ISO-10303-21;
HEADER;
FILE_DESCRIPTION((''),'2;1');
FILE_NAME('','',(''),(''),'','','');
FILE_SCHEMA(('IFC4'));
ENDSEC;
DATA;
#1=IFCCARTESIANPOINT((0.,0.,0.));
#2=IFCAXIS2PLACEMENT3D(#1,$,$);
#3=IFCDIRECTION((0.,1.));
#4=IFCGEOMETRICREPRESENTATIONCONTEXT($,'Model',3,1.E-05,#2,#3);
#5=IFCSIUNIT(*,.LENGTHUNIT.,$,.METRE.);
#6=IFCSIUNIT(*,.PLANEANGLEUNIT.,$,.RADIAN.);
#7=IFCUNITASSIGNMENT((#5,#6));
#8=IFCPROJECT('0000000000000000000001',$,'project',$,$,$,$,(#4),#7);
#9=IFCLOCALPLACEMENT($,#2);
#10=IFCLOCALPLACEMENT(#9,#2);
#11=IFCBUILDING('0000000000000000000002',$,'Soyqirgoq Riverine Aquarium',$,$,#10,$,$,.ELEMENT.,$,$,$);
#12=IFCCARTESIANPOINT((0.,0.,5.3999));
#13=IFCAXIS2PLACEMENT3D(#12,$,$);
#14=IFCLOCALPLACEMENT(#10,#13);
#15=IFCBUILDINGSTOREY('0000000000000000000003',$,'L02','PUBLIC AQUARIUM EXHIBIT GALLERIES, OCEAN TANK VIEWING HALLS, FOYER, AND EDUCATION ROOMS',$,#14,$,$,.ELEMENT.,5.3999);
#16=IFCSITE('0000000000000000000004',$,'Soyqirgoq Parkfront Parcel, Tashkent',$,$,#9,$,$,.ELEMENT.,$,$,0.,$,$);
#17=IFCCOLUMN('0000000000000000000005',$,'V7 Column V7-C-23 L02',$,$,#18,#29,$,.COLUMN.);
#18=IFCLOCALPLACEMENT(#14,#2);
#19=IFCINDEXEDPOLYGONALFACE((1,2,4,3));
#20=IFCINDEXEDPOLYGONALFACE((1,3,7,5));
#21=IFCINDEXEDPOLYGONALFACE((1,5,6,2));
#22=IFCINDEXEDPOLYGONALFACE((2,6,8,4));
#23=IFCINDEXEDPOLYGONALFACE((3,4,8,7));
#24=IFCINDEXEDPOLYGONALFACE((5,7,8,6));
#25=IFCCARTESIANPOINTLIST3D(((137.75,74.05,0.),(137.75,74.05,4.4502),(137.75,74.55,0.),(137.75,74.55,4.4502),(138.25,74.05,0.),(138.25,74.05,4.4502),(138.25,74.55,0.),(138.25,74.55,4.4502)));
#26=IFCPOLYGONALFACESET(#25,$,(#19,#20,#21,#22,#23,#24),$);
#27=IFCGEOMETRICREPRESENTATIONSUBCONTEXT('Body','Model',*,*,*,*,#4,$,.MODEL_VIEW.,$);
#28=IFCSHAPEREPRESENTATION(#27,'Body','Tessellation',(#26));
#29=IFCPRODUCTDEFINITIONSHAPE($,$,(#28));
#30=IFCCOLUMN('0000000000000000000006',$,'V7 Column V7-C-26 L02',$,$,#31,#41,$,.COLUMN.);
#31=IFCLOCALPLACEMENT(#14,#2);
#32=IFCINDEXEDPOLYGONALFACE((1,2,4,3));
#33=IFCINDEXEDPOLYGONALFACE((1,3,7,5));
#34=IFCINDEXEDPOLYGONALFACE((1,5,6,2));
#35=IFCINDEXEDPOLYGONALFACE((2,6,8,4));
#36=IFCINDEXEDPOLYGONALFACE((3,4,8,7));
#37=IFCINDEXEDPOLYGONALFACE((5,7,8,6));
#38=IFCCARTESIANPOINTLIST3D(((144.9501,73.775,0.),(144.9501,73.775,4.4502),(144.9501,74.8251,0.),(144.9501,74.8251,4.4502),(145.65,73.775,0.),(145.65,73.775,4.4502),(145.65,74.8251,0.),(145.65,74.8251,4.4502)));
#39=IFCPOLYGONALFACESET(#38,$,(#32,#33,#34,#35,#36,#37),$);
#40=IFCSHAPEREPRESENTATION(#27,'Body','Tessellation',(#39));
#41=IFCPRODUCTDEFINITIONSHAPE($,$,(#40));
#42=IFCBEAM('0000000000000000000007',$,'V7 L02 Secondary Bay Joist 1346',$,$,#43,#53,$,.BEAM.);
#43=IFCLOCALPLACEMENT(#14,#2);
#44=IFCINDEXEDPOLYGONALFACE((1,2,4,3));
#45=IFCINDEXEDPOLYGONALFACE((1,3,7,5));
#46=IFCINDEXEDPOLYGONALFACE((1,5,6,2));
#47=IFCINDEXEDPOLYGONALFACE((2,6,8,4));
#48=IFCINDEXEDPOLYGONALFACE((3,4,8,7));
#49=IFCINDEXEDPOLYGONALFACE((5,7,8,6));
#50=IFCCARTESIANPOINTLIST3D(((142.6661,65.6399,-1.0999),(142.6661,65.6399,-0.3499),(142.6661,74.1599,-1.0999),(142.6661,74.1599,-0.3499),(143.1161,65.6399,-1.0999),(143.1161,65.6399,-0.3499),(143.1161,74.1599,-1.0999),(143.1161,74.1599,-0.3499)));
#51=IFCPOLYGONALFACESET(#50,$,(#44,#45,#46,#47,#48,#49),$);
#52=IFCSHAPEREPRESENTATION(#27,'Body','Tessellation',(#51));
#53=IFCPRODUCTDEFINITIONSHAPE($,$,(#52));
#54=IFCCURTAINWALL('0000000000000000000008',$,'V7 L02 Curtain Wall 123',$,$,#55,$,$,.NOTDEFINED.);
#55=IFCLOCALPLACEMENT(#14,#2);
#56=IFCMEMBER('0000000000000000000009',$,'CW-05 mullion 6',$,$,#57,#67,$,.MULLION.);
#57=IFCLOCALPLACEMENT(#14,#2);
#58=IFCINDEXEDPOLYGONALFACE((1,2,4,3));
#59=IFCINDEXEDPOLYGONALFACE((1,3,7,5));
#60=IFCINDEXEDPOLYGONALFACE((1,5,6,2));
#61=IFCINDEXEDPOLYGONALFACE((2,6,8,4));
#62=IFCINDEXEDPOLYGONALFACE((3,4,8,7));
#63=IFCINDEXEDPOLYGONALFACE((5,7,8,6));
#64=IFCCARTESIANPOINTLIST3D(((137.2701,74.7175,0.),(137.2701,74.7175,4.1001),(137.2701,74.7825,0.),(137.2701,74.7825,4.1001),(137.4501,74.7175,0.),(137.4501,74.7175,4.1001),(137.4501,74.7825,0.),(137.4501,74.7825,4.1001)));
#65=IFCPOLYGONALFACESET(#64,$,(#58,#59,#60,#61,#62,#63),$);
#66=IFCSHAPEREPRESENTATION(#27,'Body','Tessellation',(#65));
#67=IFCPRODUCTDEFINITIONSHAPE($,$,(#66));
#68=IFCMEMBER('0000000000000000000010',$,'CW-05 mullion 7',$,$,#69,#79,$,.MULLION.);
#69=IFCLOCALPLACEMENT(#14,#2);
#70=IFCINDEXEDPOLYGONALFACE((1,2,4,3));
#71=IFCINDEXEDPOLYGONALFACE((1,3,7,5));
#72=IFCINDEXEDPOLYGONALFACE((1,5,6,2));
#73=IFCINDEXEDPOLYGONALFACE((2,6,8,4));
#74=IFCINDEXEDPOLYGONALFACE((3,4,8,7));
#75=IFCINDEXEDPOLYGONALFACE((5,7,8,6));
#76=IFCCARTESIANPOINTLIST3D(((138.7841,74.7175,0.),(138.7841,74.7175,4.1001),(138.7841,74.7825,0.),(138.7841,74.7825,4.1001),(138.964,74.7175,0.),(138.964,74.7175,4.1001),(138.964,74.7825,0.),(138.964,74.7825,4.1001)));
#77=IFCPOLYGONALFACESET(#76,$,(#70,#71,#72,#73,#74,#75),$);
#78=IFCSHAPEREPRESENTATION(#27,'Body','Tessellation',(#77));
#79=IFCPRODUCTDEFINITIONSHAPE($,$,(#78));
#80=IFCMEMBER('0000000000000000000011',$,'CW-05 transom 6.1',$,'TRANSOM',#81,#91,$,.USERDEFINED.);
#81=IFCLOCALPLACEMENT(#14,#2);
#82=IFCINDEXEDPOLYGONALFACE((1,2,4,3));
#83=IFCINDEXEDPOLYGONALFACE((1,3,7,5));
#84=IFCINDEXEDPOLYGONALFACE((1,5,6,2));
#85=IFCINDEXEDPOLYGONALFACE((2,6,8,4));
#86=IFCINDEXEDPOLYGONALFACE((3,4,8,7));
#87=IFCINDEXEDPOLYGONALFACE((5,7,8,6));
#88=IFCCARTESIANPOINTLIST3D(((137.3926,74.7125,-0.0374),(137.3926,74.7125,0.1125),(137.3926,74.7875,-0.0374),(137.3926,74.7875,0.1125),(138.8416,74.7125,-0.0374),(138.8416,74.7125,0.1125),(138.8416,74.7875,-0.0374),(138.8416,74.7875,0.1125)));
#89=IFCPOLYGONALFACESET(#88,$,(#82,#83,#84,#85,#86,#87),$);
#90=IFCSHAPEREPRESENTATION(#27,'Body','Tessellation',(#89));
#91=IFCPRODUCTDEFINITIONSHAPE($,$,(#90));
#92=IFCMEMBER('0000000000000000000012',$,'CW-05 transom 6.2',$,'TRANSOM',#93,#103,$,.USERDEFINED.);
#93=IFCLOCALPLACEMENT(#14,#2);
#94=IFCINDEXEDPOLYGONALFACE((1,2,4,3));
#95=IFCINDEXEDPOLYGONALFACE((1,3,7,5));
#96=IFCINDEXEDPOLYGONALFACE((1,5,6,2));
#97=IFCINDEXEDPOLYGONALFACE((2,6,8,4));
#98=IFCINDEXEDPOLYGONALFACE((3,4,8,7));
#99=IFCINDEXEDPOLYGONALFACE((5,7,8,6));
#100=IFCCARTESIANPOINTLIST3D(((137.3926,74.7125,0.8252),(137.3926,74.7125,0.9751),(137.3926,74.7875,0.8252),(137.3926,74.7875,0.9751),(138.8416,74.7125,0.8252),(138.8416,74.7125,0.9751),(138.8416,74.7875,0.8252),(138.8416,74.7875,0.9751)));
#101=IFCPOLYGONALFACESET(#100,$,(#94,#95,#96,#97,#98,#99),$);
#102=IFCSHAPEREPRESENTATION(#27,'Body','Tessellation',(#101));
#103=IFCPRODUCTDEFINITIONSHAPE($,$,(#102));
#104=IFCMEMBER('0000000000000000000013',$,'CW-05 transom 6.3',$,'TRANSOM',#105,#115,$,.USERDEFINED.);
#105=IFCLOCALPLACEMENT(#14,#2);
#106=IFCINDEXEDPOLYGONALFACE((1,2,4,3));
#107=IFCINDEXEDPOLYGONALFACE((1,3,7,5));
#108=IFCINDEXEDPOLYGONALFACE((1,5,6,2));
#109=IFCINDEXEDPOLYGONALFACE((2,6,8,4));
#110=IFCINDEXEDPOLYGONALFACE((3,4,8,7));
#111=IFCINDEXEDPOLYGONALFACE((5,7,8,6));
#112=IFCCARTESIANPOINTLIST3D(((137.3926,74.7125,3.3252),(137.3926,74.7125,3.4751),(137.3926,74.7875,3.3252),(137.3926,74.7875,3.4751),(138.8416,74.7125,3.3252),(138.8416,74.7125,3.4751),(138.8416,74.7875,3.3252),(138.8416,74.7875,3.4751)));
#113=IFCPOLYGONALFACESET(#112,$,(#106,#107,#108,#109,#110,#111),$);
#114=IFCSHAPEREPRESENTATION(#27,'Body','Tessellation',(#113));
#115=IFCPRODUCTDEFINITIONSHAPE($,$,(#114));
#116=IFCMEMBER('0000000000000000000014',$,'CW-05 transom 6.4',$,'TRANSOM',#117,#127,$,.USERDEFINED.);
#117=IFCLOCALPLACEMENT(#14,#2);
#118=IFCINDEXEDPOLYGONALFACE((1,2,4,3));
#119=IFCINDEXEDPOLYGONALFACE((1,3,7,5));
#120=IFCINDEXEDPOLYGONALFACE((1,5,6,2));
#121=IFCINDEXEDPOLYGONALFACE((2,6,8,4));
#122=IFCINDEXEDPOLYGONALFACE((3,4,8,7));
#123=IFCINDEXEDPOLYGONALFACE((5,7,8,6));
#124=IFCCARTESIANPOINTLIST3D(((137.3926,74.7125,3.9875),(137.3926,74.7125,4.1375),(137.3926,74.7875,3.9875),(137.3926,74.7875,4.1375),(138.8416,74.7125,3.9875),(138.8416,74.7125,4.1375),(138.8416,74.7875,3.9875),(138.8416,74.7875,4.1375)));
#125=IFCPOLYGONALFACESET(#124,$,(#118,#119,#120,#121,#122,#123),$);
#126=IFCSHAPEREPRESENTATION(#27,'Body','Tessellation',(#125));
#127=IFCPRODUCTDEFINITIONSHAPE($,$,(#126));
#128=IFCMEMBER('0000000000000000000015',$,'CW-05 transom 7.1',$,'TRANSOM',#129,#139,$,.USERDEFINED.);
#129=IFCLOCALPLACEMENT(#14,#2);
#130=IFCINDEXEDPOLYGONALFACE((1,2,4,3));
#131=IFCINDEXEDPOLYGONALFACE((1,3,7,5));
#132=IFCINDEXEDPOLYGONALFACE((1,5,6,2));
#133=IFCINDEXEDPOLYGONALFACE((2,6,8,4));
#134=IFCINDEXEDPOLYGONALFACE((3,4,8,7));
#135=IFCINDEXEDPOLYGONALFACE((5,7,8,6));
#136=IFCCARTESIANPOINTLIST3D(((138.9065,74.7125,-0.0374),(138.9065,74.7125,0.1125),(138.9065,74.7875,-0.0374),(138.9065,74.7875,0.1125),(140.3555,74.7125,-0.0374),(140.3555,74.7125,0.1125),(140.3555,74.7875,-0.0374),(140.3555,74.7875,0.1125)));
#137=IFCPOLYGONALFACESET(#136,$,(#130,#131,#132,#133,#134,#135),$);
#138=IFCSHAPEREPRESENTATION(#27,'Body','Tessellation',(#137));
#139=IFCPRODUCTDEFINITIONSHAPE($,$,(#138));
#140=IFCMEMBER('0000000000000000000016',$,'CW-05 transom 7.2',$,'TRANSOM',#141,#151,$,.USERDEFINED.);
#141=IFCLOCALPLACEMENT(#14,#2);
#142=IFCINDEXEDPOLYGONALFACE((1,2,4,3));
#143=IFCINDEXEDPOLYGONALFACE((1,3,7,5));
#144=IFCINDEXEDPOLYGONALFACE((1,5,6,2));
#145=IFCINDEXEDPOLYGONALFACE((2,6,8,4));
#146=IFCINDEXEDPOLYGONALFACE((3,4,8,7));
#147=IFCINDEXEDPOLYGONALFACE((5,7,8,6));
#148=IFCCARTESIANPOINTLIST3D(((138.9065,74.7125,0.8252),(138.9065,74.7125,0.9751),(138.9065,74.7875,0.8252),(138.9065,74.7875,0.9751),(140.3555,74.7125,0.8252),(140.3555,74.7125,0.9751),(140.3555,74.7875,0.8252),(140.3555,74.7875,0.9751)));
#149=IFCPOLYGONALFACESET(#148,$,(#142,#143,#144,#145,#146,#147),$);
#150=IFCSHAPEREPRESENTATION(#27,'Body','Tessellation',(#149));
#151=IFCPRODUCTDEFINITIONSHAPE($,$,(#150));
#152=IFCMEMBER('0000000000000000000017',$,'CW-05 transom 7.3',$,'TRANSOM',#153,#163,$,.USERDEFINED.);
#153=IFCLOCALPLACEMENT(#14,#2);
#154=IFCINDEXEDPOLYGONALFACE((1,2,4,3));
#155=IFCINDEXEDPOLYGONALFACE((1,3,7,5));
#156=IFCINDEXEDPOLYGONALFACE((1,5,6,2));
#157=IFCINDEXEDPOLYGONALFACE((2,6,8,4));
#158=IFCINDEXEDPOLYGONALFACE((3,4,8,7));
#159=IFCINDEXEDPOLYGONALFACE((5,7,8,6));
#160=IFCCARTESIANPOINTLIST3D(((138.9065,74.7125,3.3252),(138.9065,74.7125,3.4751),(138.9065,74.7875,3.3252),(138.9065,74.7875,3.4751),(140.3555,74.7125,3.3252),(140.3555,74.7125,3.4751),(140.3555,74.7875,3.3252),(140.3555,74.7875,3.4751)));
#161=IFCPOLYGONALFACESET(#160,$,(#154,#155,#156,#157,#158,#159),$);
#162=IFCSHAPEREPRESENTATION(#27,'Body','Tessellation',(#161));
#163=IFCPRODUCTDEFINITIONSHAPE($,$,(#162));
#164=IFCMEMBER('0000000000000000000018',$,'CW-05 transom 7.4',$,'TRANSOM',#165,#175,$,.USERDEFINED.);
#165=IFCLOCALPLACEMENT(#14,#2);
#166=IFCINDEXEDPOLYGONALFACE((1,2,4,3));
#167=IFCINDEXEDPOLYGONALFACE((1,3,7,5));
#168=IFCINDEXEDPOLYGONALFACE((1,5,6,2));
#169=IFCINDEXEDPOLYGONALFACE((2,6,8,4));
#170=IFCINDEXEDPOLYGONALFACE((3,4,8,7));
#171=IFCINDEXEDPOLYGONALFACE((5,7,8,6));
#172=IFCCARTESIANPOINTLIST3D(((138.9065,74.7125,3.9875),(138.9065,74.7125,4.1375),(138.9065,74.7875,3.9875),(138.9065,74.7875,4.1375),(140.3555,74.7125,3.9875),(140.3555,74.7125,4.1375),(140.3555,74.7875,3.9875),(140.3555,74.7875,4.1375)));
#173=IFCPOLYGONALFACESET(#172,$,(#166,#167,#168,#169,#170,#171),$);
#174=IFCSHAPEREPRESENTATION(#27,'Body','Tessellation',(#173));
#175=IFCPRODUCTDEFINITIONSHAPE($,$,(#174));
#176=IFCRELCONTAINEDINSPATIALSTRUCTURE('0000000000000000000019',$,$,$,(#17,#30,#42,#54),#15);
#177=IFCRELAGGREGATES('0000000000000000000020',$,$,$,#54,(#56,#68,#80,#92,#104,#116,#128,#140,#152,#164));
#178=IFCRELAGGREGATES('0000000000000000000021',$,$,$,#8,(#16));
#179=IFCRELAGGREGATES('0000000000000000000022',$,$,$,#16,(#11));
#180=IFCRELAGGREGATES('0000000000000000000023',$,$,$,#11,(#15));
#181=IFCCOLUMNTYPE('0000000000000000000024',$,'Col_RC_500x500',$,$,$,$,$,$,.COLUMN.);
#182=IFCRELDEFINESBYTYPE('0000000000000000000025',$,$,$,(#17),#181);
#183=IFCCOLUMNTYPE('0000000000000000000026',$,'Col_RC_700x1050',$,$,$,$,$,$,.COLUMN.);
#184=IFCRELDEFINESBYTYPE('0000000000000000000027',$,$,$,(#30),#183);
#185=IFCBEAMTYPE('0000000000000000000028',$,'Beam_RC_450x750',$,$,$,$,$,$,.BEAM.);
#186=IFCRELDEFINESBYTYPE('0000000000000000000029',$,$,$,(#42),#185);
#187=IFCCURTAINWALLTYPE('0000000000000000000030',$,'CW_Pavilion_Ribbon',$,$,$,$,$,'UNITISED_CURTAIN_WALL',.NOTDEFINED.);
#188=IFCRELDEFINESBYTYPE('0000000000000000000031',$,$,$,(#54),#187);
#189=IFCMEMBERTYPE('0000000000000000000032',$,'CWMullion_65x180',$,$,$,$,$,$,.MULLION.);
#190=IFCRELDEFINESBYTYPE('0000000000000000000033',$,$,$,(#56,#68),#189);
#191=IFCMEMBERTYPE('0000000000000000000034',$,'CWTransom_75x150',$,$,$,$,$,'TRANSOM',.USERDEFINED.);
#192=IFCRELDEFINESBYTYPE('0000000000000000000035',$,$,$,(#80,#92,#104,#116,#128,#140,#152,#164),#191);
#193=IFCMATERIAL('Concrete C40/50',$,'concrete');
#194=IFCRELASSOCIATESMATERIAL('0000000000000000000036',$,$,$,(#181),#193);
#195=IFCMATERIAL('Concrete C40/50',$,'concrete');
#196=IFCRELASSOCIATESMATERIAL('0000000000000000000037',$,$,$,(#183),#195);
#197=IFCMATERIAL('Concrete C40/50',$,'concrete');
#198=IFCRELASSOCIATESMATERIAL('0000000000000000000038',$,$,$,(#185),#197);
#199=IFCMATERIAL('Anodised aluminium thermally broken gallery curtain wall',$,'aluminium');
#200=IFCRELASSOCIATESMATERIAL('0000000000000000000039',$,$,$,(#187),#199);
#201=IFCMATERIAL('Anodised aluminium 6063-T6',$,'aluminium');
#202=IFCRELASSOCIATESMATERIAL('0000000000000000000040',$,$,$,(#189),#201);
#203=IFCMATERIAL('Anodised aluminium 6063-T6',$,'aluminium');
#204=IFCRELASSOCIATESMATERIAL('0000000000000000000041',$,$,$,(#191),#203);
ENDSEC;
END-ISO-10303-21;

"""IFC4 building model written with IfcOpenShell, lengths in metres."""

from ifc_helpers import new_model, si_unit, direction, frame, origin, origin_2d, place, context, subcontext, project, spatial, rectangle, extrude, material, material_profile, profile_set, type_object, element, aggregate, save


model = new_model("IFC4")

# Units and contexts
model_context = context("Model", 3, precision=1e-05, world=origin(), true_north=direction((0.0, 1.0)))
body_context = subcontext(model_context, "Body", "Model", "MODEL_VIEW")
ifc_project = project(units=[si_unit("LENGTHUNIT", "METRE"), si_unit("PLANEANGLEUNIT", "RADIAN")], contexts=[model_context])

# Site, building, storey
site_placement = place(None, origin())
site = spatial("IfcSite", under=ifc_project, at=site_placement, Name="Soyqirgoq Parkfront Parcel, Tashkent", CompositionType="ELEMENT", RefElevation=0.0)
building_placement = place(site_placement, origin())
building = spatial("IfcBuilding", under=site, at=building_placement, Name="Soyqirgoq Riverine Aquarium", CompositionType="ELEMENT")
storey_placement = place(building_placement, frame((0.0, 0.0, 5.3999)))
storey = spatial("IfcBuildingStorey", under=building, at=storey_placement, Name="L02", Description="PUBLIC AQUARIUM EXHIBIT GALLERIES, OCEAN TANK VIEWING HALLS, FOYER, AND EDUCATION ROOMS", CompositionType="ELEMENT", Elevation=5.3999)

# Columns
ifc_material_1 = material(Name="Concrete C40/50", Category="concrete")
ifc_material_profile_1 = material_profile(ifc_material_1, rectangle(XDim=0.5, YDim=0.5, at=origin_2d()), Name="RC 500x500")
ifc_profile_set_1 = profile_set([ifc_material_profile_1], Name="Concrete C40/50")
column_type_1 = type_object("IfcColumnType", Name="Col_RC_500x500", PredefinedType="COLUMN", material=ifc_profile_set_1)
column_1_placement = place(storey_placement, frame((138.0, 74.3, 0.0), z_axis=(0.0, 0.0, 1.0), x_axis=(1.0, 0.0, 0.0)))
element("IfcColumn", 1, at=column_1_placement, inside=storey, type_object=column_type_1, Name="V7 Column V7-C-23 L02", PredefinedType="COLUMN", context=body_context, shape_type="SweptSolid", body=[
    extrude(rectangle(XDim=0.5, YDim=0.5, at=origin_2d()), origin(), (0.0, 0.0, 1.0), 4.4502),
])
ifc_material_2 = material(Name="Concrete C40/50", Category="concrete")
ifc_material_profile_2 = material_profile(ifc_material_2, rectangle(XDim=0.7, YDim=1.05, at=origin_2d()), Name="RC-COL 700x1050")
ifc_profile_set_2 = profile_set([ifc_material_profile_2], Name="Concrete C40/50")
column_type_2 = type_object("IfcColumnType", Name="Col_RC_700x1050", PredefinedType="COLUMN", material=ifc_profile_set_2)
column_2_placement = place(storey_placement, frame((145.3, 74.3, 0.0), z_axis=(0.0, 0.0, 1.0), x_axis=(1.0, 0.0, 0.0)))
element("IfcColumn", 2, at=column_2_placement, inside=storey, type_object=column_type_2, Name="V7 Column V7-C-26 L02", PredefinedType="COLUMN", context=body_context, shape_type="SweptSolid", body=[
    extrude(rectangle(XDim=0.7, YDim=1.05, at=origin_2d()), origin(), (0.0, 0.0, 1.0), 4.4502),
])

# Beam
ifc_material_3 = material(Name="Concrete C40/50", Category="concrete")
ifc_material_profile_3 = material_profile(ifc_material_3, rectangle(XDim=0.45, YDim=0.75, at=origin_2d()), Name="RC 450x750")
ifc_profile_set_3 = profile_set([ifc_material_profile_3], Name="Concrete C40/50")
beam_type_1 = type_object("IfcBeamType", Name="Beam_RC_450x750", PredefinedType="BEAM", material=ifc_profile_set_3)
beam_1_placement = place(storey_placement, frame((142.8911, 65.6399, -0.7249), z_axis=(0.0, 1.0, 0.0), x_axis=(-1.0, 0.0, 0.0)))
element("IfcBeam", 3, at=beam_1_placement, inside=storey, type_object=beam_type_1, Name="V7 L02 Secondary Bay Joist 1346", PredefinedType="BEAM", context=body_context, shape_type="SweptSolid", body=[
    extrude(rectangle(XDim=0.45, YDim=0.75, at=origin_2d()), origin(), (0.0, 0.0, 1.0), 8.52),
])

# Curtain wall, members
ifc_material_4 = material(Name="Anodised aluminium thermally broken gallery curtain wall", Category="aluminium")
curtain_wall_type = type_object("IfcCurtainWallType", Name="CW_Pavilion_Ribbon", ElementType="UNITISED_CURTAIN_WALL", PredefinedType="NOTDEFINED", material=ifc_material_4)
curtain_wall_placement = place(storey_placement, origin())
curtain_wall = element("IfcCurtainWall", 4, at=curtain_wall_placement, inside=storey, type_object=curtain_wall_type, Name="V7 L02 Curtain Wall 123", PredefinedType="NOTDEFINED")
ifc_material_5 = material(Name="Anodised aluminium 6063-T6", Category="aluminium")
ifc_material_profile_4 = material_profile(ifc_material_5, rectangle(XDim=0.0649, YDim=0.1799, at=origin_2d()), Name="ALU-M 65x180")
ifc_profile_set_4 = profile_set([ifc_material_profile_4], Name="Anodised aluminium 6063-T6")
member_type_1 = type_object("IfcMemberType", Name="CWMullion_65x180", PredefinedType="MULLION", material=ifc_profile_set_4)
member_1_placement = place(storey_placement, frame((137.3601, 74.75, 0.0), z_axis=(0.0, 0.0, 1.0), x_axis=(0.0, 1.0, 0.0)))
member_1 = element("IfcMember", 5, at=member_1_placement, type_object=member_type_1, Name="CW-05 mullion 6", PredefinedType="MULLION", context=body_context, shape_type="SweptSolid", body=[
    extrude(rectangle(XDim=0.0649, YDim=0.1799, at=origin_2d()), origin(), (0.0, 0.0, 1.0), 4.1001),
])
member_2_placement = place(storey_placement, frame((138.874, 74.75, 0.0), z_axis=(0.0, 0.0, 1.0), x_axis=(0.0, 1.0, 0.0)))
member_2 = element("IfcMember", 6, at=member_2_placement, type_object=member_type_1, Name="CW-05 mullion 7", PredefinedType="MULLION", context=body_context, shape_type="SweptSolid", body=[
    extrude(rectangle(XDim=0.0649, YDim=0.1799, at=origin_2d()), origin(), (0.0, 0.0, 1.0), 4.1001),
])
ifc_material_6 = material(Name="Anodised aluminium 6063-T6", Category="aluminium")
ifc_material_profile_5 = material_profile(ifc_material_6, rectangle(XDim=0.075, YDim=0.1499, at=origin_2d()), Name="ALU-T 75x150")
ifc_profile_set_5 = profile_set([ifc_material_profile_5], Name="Anodised aluminium 6063-T6")
member_type_2 = type_object("IfcMemberType", Name="CWTransom_75x150", ElementType="TRANSOM", PredefinedType="USERDEFINED", material=ifc_profile_set_5)
member_3_placement = place(storey_placement, frame((137.3926, 74.75, 0.0376), z_axis=(1.0, 0.0, 0.0), x_axis=(0.0, 1.0, 0.0)))
member_3 = element("IfcMember", 7, at=member_3_placement, type_object=member_type_2, Name="CW-05 transom 6.1", ObjectType="TRANSOM", PredefinedType="USERDEFINED", context=body_context, shape_type="SweptSolid", body=[
    extrude(rectangle(XDim=0.075, YDim=0.1499, at=origin_2d()), origin(), (0.0, 0.0, 1.0), 1.449),
])
member_4_placement = place(storey_placement, frame((137.3926, 74.75, 0.9001), z_axis=(1.0, 0.0, 0.0), x_axis=(0.0, 1.0, 0.0)))
member_4 = element("IfcMember", 8, at=member_4_placement, type_object=member_type_2, Name="CW-05 transom 6.2", ObjectType="TRANSOM", PredefinedType="USERDEFINED", context=body_context, shape_type="SweptSolid", body=[
    extrude(rectangle(XDim=0.075, YDim=0.1499, at=origin_2d()), origin(), (0.0, 0.0, 1.0), 1.449),
])
member_5_placement = place(storey_placement, frame((137.3926, 74.75, 3.4001), z_axis=(1.0, 0.0, 0.0), x_axis=(0.0, 1.0, 0.0)))
member_5 = element("IfcMember", 9, at=member_5_placement, type_object=member_type_2, Name="CW-05 transom 6.3", ObjectType="TRANSOM", PredefinedType="USERDEFINED", context=body_context, shape_type="SweptSolid", body=[
    extrude(rectangle(XDim=0.075, YDim=0.1499, at=origin_2d()), origin(), (0.0, 0.0, 1.0), 1.449),
])
member_6_placement = place(storey_placement, frame((137.3926, 74.75, 4.0625), z_axis=(1.0, 0.0, 0.0), x_axis=(0.0, 1.0, 0.0)))
member_6 = element("IfcMember", 10, at=member_6_placement, type_object=member_type_2, Name="CW-05 transom 6.4", ObjectType="TRANSOM", PredefinedType="USERDEFINED", context=body_context, shape_type="SweptSolid", body=[
    extrude(rectangle(XDim=0.075, YDim=0.1499, at=origin_2d()), origin(), (0.0, 0.0, 1.0), 1.449),
])
member_7_placement = place(storey_placement, frame((138.9065, 74.75, 0.0376), z_axis=(1.0, 0.0, 0.0), x_axis=(0.0, 1.0, 0.0)))
member_7 = element("IfcMember", 11, at=member_7_placement, type_object=member_type_2, Name="CW-05 transom 7.1", ObjectType="TRANSOM", PredefinedType="USERDEFINED", context=body_context, shape_type="SweptSolid", body=[
    extrude(rectangle(XDim=0.075, YDim=0.1499, at=origin_2d()), origin(), (0.0, 0.0, 1.0), 1.449),
])
member_8_placement = place(storey_placement, frame((138.9065, 74.75, 0.9001), z_axis=(1.0, 0.0, 0.0), x_axis=(0.0, 1.0, 0.0)))
member_8 = element("IfcMember", 12, at=member_8_placement, type_object=member_type_2, Name="CW-05 transom 7.2", ObjectType="TRANSOM", PredefinedType="USERDEFINED", context=body_context, shape_type="SweptSolid", body=[
    extrude(rectangle(XDim=0.075, YDim=0.1499, at=origin_2d()), origin(), (0.0, 0.0, 1.0), 1.449),
])
member_9_placement = place(storey_placement, frame((138.9065, 74.75, 3.4001), z_axis=(1.0, 0.0, 0.0), x_axis=(0.0, 1.0, 0.0)))
member_9 = element("IfcMember", 13, at=member_9_placement, type_object=member_type_2, Name="CW-05 transom 7.3", ObjectType="TRANSOM", PredefinedType="USERDEFINED", context=body_context, shape_type="SweptSolid", body=[
    extrude(rectangle(XDim=0.075, YDim=0.1499, at=origin_2d()), origin(), (0.0, 0.0, 1.0), 1.449),
])
member_10_placement = place(storey_placement, frame((138.9065, 74.75, 4.0625), z_axis=(1.0, 0.0, 0.0), x_axis=(0.0, 1.0, 0.0)))
member_10 = element("IfcMember", 14, at=member_10_placement, type_object=member_type_2, Name="CW-05 transom 7.4", ObjectType="TRANSOM", PredefinedType="USERDEFINED", context=body_context, shape_type="SweptSolid", body=[
    extrude(rectangle(XDim=0.075, YDim=0.1499, at=origin_2d()), origin(), (0.0, 0.0, 1.0), 1.449),
])

aggregate(curtain_wall, [member_1, member_2, member_3, member_4, member_5, member_6, member_7, member_8, member_9, member_10])

save(model, "model.ifc")
